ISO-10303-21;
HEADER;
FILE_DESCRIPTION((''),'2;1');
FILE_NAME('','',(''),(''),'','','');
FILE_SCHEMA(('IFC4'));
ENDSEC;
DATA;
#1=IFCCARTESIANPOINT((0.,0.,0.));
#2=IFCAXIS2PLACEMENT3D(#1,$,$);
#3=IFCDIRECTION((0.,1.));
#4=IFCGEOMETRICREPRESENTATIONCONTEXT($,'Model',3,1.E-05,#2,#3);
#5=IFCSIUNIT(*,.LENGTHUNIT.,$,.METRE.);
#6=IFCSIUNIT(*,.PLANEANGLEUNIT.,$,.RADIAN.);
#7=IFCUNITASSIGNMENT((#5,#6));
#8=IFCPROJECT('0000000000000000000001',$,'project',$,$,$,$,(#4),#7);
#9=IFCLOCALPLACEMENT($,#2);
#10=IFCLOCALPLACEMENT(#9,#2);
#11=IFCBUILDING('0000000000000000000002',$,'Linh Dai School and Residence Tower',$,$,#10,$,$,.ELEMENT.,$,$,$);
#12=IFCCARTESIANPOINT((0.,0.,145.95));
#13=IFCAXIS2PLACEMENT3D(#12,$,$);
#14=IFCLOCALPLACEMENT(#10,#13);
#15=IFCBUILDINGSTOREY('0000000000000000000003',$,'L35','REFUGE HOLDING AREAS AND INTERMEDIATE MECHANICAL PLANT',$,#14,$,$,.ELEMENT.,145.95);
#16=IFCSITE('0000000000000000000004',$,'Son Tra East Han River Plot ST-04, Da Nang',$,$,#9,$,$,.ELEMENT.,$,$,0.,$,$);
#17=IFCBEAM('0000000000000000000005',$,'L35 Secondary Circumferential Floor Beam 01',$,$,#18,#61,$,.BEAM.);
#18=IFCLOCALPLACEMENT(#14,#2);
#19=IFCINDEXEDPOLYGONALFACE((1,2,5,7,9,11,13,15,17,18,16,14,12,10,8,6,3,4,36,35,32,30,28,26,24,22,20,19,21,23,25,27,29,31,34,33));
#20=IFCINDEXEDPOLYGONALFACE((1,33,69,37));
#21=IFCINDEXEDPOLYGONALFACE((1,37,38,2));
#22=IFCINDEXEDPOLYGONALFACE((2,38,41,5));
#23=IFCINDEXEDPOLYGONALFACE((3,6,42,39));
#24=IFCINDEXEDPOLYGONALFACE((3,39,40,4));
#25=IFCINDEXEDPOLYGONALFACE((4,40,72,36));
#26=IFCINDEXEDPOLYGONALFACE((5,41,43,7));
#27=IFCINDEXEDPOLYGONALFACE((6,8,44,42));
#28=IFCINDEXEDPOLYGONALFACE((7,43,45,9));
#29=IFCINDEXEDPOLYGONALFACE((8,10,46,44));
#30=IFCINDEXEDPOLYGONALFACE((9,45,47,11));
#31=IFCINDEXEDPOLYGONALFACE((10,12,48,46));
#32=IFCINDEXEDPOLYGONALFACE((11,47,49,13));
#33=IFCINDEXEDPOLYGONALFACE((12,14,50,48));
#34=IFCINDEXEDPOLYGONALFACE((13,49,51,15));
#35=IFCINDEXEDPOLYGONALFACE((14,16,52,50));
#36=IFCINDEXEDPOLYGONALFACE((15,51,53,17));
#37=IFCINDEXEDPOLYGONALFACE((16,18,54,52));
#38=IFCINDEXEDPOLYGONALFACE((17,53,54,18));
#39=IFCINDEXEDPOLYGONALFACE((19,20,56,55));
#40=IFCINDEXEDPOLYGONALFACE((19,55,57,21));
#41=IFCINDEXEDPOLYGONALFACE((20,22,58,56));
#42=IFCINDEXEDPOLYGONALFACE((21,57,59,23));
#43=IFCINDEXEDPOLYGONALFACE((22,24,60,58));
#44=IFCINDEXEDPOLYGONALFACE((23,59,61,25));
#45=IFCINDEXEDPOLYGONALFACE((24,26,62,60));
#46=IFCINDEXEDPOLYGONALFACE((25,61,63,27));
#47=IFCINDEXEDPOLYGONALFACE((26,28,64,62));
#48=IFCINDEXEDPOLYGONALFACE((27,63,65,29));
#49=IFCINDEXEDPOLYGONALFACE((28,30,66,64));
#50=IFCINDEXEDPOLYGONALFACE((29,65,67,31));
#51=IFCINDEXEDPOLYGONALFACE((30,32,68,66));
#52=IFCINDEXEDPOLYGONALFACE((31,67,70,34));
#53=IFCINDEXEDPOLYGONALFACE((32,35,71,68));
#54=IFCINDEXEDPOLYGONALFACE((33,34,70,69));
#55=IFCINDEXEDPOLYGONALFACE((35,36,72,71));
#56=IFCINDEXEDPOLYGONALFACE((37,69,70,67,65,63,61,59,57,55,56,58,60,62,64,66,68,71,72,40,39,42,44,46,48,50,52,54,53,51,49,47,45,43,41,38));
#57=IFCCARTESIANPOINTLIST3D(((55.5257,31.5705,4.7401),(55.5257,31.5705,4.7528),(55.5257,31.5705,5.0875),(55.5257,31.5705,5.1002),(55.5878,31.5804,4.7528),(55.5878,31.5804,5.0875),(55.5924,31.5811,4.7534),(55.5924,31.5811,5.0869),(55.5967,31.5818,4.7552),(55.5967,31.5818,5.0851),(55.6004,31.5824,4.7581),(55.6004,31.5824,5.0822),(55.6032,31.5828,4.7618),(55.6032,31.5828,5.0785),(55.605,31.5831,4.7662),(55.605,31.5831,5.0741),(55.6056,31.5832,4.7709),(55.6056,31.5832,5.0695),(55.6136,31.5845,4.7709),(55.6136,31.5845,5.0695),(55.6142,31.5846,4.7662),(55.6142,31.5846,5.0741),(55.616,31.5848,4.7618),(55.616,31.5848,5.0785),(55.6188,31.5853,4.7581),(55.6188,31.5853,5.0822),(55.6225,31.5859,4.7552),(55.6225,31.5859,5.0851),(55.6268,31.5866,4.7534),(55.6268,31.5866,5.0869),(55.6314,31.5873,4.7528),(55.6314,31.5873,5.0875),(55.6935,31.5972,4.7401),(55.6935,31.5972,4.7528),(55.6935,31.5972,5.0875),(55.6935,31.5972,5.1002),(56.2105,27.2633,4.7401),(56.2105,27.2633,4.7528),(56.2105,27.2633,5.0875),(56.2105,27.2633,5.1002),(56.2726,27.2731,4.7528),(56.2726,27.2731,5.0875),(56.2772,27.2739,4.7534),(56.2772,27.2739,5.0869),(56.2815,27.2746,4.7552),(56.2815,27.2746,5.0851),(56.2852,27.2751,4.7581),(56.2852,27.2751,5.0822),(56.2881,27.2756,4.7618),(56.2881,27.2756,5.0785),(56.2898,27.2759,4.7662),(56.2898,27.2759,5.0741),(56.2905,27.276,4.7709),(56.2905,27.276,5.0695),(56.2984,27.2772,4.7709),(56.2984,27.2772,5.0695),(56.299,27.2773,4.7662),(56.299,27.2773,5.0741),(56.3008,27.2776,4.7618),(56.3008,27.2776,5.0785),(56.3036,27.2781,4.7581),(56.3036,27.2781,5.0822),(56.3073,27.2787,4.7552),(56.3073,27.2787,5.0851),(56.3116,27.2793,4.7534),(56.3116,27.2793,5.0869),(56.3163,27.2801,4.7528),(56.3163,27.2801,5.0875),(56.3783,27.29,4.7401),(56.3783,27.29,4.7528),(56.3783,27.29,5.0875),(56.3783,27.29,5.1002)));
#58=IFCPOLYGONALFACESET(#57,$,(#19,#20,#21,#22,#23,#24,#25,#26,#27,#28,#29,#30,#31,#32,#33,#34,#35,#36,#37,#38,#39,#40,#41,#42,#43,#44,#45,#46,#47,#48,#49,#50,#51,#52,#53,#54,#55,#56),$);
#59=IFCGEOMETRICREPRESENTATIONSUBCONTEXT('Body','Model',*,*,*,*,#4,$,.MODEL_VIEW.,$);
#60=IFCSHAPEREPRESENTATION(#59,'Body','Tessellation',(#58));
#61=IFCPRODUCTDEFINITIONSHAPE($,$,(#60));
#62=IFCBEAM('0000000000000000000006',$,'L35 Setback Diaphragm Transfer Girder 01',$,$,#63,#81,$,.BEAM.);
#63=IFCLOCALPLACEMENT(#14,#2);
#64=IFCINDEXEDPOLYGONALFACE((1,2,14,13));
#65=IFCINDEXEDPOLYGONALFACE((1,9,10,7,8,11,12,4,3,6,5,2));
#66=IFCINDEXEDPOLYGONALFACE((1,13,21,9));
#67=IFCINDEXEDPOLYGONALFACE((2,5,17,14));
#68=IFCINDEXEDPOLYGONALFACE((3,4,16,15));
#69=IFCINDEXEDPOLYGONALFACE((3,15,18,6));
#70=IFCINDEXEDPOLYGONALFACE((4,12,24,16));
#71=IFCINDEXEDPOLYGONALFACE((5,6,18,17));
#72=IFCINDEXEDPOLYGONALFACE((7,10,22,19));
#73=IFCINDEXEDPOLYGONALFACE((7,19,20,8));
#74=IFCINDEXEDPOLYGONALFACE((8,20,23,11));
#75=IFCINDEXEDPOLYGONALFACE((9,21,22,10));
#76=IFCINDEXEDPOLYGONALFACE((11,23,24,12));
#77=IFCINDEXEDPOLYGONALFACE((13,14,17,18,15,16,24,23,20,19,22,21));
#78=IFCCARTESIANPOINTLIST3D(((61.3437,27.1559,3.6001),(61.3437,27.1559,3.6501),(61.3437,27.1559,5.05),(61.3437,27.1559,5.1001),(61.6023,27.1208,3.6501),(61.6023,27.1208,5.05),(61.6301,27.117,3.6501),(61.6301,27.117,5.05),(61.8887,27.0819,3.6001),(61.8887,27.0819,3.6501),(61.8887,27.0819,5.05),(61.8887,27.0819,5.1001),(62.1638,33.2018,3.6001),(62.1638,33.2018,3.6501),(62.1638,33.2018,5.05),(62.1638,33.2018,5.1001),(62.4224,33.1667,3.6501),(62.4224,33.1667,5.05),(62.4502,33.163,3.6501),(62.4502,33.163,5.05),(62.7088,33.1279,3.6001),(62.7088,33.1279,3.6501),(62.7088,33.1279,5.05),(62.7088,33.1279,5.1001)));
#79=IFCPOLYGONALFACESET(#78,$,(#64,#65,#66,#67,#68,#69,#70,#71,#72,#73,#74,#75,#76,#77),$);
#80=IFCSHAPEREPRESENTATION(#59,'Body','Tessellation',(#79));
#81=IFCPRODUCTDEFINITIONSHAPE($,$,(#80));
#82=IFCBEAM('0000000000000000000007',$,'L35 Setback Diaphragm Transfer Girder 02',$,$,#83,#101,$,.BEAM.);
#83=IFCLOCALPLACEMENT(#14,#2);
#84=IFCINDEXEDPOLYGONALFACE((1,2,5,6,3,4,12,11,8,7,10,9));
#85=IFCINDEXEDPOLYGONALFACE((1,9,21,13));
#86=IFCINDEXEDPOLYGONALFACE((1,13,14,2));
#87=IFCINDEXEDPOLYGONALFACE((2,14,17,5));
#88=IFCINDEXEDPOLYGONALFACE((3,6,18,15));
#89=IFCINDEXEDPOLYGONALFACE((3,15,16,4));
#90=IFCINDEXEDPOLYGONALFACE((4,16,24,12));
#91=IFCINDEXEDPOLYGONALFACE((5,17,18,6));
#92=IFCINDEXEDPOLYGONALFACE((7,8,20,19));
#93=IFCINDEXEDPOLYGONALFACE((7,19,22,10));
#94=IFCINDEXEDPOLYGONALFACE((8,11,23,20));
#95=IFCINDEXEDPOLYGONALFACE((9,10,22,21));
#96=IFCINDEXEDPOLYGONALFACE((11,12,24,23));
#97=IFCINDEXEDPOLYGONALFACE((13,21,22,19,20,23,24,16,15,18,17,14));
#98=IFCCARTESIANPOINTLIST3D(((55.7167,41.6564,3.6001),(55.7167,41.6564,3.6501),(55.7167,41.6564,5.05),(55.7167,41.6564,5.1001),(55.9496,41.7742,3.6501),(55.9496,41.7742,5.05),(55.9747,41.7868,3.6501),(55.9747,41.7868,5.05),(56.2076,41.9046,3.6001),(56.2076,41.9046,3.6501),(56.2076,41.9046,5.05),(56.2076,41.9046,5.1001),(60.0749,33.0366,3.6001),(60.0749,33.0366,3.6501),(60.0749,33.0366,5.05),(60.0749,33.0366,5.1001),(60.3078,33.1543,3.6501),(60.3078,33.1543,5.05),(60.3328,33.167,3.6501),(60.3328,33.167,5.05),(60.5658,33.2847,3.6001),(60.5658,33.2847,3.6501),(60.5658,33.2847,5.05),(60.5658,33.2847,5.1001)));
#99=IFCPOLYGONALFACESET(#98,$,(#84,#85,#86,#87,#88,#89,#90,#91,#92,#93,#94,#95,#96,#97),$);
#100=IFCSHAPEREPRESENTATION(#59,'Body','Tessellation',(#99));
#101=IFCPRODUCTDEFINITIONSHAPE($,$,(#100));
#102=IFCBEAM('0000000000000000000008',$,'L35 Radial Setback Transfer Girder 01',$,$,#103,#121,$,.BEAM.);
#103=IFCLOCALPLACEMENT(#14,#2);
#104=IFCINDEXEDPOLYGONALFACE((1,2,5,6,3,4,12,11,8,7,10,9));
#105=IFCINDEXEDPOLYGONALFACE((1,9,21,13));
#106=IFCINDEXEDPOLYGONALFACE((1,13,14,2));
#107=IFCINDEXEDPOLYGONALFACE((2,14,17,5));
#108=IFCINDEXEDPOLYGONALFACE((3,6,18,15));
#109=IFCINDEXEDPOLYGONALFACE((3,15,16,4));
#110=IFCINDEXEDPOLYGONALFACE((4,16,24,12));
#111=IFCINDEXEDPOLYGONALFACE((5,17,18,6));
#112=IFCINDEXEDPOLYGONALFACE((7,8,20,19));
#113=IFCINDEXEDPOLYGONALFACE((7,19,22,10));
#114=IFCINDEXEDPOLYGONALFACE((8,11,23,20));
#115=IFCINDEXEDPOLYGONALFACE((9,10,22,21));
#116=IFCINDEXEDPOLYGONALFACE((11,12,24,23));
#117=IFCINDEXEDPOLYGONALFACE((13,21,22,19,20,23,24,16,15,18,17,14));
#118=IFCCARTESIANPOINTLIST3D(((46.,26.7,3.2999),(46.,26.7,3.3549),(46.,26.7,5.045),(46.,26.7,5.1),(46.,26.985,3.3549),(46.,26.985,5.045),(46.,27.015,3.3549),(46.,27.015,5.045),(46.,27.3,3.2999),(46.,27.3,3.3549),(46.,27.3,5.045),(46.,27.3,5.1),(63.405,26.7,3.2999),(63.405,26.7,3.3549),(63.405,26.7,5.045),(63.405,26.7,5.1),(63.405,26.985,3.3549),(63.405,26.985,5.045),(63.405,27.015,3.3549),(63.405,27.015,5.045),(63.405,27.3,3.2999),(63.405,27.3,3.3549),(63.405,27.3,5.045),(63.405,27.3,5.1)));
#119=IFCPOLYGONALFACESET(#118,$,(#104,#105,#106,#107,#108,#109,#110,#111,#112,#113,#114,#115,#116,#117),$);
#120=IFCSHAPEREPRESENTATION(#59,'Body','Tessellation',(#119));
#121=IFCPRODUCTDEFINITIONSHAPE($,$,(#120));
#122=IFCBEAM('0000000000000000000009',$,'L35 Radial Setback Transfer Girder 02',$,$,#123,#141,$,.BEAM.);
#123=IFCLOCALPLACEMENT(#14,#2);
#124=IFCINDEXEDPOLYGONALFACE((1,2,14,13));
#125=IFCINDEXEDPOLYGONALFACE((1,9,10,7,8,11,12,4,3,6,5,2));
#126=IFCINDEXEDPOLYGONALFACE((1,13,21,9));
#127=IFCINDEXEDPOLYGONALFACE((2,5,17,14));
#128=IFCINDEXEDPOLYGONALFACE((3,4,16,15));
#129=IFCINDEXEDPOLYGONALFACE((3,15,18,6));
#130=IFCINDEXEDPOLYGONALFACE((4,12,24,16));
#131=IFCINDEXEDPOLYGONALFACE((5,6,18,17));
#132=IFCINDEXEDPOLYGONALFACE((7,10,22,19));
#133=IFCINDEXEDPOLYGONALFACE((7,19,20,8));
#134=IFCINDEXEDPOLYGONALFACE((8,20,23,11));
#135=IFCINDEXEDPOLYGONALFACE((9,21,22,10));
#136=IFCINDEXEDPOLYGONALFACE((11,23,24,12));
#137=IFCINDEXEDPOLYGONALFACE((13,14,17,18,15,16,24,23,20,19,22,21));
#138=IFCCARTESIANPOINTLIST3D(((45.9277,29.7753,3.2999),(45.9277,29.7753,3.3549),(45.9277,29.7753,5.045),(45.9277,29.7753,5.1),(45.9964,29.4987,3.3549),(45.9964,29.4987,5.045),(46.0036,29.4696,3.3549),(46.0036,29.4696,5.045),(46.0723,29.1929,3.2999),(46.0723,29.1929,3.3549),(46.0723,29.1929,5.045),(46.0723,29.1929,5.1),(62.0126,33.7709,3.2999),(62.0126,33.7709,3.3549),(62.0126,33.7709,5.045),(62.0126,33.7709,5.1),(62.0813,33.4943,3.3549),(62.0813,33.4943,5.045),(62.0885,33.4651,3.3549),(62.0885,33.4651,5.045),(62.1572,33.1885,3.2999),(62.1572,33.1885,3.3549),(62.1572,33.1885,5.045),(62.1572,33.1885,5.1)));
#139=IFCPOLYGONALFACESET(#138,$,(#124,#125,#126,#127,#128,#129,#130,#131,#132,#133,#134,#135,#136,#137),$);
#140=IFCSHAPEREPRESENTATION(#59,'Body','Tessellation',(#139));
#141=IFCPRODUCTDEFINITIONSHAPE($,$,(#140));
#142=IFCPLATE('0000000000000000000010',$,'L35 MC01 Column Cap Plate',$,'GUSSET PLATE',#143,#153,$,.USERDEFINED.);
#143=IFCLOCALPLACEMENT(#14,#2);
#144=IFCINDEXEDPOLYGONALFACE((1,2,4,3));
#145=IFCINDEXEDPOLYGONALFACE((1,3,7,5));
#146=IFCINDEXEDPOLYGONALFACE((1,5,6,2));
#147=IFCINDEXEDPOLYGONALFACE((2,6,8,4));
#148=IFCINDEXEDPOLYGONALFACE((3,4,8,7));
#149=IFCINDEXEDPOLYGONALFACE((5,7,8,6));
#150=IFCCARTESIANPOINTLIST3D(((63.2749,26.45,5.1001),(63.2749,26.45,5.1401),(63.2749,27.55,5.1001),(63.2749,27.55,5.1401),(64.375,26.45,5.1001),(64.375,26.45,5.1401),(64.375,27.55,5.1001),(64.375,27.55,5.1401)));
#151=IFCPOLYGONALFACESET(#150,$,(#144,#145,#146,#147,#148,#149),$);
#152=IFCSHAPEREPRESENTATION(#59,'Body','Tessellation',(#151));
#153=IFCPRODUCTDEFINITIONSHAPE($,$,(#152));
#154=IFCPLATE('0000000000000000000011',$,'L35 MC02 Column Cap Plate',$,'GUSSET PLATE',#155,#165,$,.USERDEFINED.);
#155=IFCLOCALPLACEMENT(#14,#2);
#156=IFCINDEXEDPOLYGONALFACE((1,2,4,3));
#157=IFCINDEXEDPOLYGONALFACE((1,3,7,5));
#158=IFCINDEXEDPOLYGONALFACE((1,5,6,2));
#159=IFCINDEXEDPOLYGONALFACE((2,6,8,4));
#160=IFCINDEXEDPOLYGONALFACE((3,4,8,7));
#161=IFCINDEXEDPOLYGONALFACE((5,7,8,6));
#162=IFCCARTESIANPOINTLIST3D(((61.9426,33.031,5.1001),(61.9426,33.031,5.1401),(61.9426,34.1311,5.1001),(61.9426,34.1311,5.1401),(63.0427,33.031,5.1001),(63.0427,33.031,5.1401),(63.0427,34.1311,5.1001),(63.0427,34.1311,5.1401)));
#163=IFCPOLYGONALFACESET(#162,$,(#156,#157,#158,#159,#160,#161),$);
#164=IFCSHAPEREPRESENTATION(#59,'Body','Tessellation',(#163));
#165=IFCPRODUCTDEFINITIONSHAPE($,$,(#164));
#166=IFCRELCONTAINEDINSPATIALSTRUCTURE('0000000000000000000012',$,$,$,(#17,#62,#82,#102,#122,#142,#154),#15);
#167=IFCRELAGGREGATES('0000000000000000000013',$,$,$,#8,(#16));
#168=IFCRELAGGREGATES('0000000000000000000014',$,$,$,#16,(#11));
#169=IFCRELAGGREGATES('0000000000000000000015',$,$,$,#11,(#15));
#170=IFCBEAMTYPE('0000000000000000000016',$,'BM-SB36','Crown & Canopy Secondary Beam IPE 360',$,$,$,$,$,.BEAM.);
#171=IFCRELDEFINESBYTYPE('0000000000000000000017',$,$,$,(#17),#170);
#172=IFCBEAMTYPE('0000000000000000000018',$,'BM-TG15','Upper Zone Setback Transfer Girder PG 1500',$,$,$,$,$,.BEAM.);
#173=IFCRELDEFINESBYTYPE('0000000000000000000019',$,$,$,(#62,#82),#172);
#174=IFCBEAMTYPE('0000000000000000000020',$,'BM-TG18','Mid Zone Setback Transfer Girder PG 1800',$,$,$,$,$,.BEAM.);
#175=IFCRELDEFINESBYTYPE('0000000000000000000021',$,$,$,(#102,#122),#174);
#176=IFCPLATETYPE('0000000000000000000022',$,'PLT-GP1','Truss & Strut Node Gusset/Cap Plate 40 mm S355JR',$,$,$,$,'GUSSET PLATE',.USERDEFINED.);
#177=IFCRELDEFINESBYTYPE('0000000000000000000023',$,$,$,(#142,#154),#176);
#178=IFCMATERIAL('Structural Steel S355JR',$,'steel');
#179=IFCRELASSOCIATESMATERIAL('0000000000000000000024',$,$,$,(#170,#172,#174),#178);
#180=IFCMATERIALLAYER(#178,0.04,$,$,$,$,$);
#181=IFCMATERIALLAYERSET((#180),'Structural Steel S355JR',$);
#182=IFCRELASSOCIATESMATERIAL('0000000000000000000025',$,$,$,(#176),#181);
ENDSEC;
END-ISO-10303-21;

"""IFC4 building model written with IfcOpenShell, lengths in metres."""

from ifc_helpers import new_model, si_unit, direction, frame, origin, origin_2d, place, context, subcontext, project, spatial, rectangle, i_section, extrude, source, transform, mapped, material, layer, layer_set, material_profile, profile_set, type_object, element, save


model = new_model("IFC4")

# Units and contexts
model_context = context("Model", 3, precision=1e-05, world=origin(), true_north=direction((0.0, 1.0)))
body_context = subcontext(model_context, "Body", "Model", "MODEL_VIEW")
ifc_project = project(units=[si_unit("LENGTHUNIT", "METRE"), si_unit("PLANEANGLEUNIT", "RADIAN")], contexts=[model_context])

# Site, building, storey
site_placement = place(None, origin())
site = spatial("IfcSite", under=ifc_project, at=site_placement, Name="Son Tra East Han River Plot ST-04, Da Nang", CompositionType="ELEMENT", RefElevation=0.0)
building_placement = place(site_placement, origin())
building = spatial("IfcBuilding", under=site, at=building_placement, Name="Linh Dai School and Residence Tower", CompositionType="ELEMENT")
storey_placement = place(building_placement, frame((0.0, 0.0, 145.95)))
storey = spatial("IfcBuildingStorey", under=building, at=storey_placement, Name="L35", Description="REFUGE HOLDING AREAS AND INTERMEDIATE MECHANICAL PLANT", CompositionType="ELEMENT", Elevation=145.95)

# Shared definitions
ifc_material_1 = material(Name="Structural Steel S355JR", Category="steel")

# Beams
ifc_material_profile_1 = material_profile(ifc_material_1, i_section(OverallWidth=0.1699, OverallDepth=0.3601, WebThickness=0.0081, FlangeThickness=0.0127, FilletRadius=0.0181, at=origin_2d()), Name="IPE 360")
ifc_profile_set_1 = profile_set([ifc_material_profile_1], Name="Structural Steel S355JR")
beam_type_1 = type_object("IfcBeamType", Name="BM-SB36", Description="Crown & Canopy Secondary Beam IPE 360", PredefinedType="BEAM", material=ifc_profile_set_1)
beam_1_placement = place(storey_placement, frame((56.2944, 27.2766, 4.9202), z_axis=(-0.157023, 0.987595, 0.0), x_axis=(-0.987595, -0.157023, 0.0)))
element("IfcBeam", 1, at=beam_1_placement, inside=storey, type_object=beam_type_1, Name="L35 Secondary Circumferential Floor Beam 01", PredefinedType="BEAM", context=body_context, shape_type="SweptSolid", body=[
    extrude(i_section(OverallWidth=0.1699, OverallDepth=0.3601, WebThickness=0.0081, FlangeThickness=0.0127, FilletRadius=0.0181, at=origin_2d()), origin(), (0.0, 0.0, 1.0), 4.3613),
])
ifc_material_profile_2 = material_profile(ifc_material_1, i_section(OverallWidth=0.55, OverallDepth=1.5, WebThickness=0.0281, FlangeThickness=0.05, at=origin_2d()), Name="PG 1500x550x28x50")
ifc_profile_set_2 = profile_set([ifc_material_profile_2], Name="Structural Steel S355JR")
beam_type_2 = type_object("IfcBeamType", Name="BM-TG15", Description="Upper Zone Setback Transfer Girder PG 1500", PredefinedType="BEAM", material=ifc_profile_set_2)
beam_2_placement = place(storey_placement, frame((61.6162, 27.1189, 4.3501), z_axis=(0.13441, 0.990926, 0.0), x_axis=(-0.990926, 0.13441, 0.0)))
element("IfcBeam", 2, at=beam_2_placement, inside=storey, type_object=beam_type_2, Name="L35 Setback Diaphragm Transfer Girder 01", PredefinedType="BEAM", context=body_context, shape_type="SweptSolid", body=[
    extrude(i_section(OverallWidth=0.55, OverallDepth=1.5, WebThickness=0.0281, FlangeThickness=0.05, at=origin_2d()), origin(), (0.0, 0.0, 1.0), 6.1013),
])
beam_3_placement = place(storey_placement, frame((60.3203, 33.1606, 4.3501), z_axis=(-0.451203, 0.892421, 0.0), x_axis=(-0.892421, -0.451203, 0.0)))
element("IfcBeam", 3, at=beam_3_placement, inside=storey, type_object=beam_type_2, Name="L35 Setback Diaphragm Transfer Girder 02", PredefinedType="BEAM", context=body_context, shape_type="SweptSolid", body=[
    extrude(i_section(OverallWidth=0.55, OverallDepth=1.5, WebThickness=0.0281, FlangeThickness=0.05, at=origin_2d()), origin(), (0.0, 0.0, 1.0), 9.6589),
])
ifc_material_profile_3 = material_profile(ifc_material_1, i_section(OverallWidth=0.6001, OverallDepth=1.8, WebThickness=0.03, FlangeThickness=0.0549, at=origin_2d()), Name="PG 1800x600x30x55")
ifc_profile_set_3 = profile_set([ifc_material_profile_3], Name="Structural Steel S355JR")
beam_type_3 = type_object("IfcBeamType", Name="BM-TG18", Description="Mid Zone Setback Transfer Girder PG 1800", PredefinedType="BEAM", material=ifc_profile_set_3)
beam_4_placement = place(storey_placement, frame((46.0, 27.0, 4.2), z_axis=(1.0, 0.0, 0.0), x_axis=(0.0, 1.0, 0.0)))
element("IfcBeam", 4, at=beam_4_placement, inside=storey, type_object=beam_type_3, Name="L35 Radial Setback Transfer Girder 01", PredefinedType="BEAM", context=body_context, shape_type="SweptSolid", body=[
    extrude(i_section(OverallWidth=0.6001, OverallDepth=1.8, WebThickness=0.03, FlangeThickness=0.0549, at=origin_2d()), origin(), (0.0, 0.0, 1.0), 17.405),
])
beam_5_placement = place(storey_placement, frame((46.0, 29.4841, 4.2), z_axis=(0.970505, 0.24108, 0.0), x_axis=(-0.24108, 0.970505, 0.0)))
element("IfcBeam", 5, at=beam_5_placement, inside=storey, type_object=beam_type_3, Name="L35 Radial Setback Transfer Girder 02", PredefinedType="BEAM", context=body_context, shape_type="SweptSolid", body=[
    extrude(i_section(OverallWidth=0.6001, OverallDepth=1.8, WebThickness=0.03, FlangeThickness=0.0549, at=origin_2d()), origin(), (0.0, 0.0, 1.0), 16.5737),
])

# Plates
ifc_layer_1 = layer(ifc_material_1, 0.04)
ifc_layer_set_1 = layer_set([ifc_layer_1], Name="Structural Steel S355JR")
plate_type = type_object("IfcPlateType", Name="PLT-GP1", Description="Truss & Strut Node Gusset/Cap Plate 40 mm S355JR", ElementType="GUSSET PLATE", PredefinedType="USERDEFINED", material=ifc_layer_set_1)
shared_shape_1 = source(origin(), body_context, "Body", "SweptSolid", [
    extrude(rectangle(XDim=1.1001, YDim=1.1001, at=origin_2d()), origin(), (0.0, 0.0, 1.0), 0.04),
])
for number, where, z_axis, x_axis, name in (
    (6, (63.825, 27.0, 5.1001), (0.0, 0.0, 1.0), (1.0, 0.0, 0.0), "L35 MC01 Column Cap Plate"),
    (7, (62.4927, 33.5811, 5.1001), (0.0, 0.0, 1.0), (1.0, 0.0, 0.0), "L35 MC02 Column Cap Plate"),
):
    element("IfcPlate", number, at=place(storey_placement, frame(where, z_axis=z_axis, x_axis=x_axis)), inside=storey, type_object=plate_type, Name=name, ObjectType="GUSSET PLATE", PredefinedType="USERDEFINED", context=body_context, shape_type="MappedRepresentation", body=[
        mapped(shared_shape_1, transform((0.0, 0.0, 0.0), x_axis=(1.0, 0.0, 0.0), y_axis=(0.0, 1.0, 0.0), z_axis=(0.0, 0.0, 1.0), scale=1.0)),
    ])

save(model, "model.ifc")
